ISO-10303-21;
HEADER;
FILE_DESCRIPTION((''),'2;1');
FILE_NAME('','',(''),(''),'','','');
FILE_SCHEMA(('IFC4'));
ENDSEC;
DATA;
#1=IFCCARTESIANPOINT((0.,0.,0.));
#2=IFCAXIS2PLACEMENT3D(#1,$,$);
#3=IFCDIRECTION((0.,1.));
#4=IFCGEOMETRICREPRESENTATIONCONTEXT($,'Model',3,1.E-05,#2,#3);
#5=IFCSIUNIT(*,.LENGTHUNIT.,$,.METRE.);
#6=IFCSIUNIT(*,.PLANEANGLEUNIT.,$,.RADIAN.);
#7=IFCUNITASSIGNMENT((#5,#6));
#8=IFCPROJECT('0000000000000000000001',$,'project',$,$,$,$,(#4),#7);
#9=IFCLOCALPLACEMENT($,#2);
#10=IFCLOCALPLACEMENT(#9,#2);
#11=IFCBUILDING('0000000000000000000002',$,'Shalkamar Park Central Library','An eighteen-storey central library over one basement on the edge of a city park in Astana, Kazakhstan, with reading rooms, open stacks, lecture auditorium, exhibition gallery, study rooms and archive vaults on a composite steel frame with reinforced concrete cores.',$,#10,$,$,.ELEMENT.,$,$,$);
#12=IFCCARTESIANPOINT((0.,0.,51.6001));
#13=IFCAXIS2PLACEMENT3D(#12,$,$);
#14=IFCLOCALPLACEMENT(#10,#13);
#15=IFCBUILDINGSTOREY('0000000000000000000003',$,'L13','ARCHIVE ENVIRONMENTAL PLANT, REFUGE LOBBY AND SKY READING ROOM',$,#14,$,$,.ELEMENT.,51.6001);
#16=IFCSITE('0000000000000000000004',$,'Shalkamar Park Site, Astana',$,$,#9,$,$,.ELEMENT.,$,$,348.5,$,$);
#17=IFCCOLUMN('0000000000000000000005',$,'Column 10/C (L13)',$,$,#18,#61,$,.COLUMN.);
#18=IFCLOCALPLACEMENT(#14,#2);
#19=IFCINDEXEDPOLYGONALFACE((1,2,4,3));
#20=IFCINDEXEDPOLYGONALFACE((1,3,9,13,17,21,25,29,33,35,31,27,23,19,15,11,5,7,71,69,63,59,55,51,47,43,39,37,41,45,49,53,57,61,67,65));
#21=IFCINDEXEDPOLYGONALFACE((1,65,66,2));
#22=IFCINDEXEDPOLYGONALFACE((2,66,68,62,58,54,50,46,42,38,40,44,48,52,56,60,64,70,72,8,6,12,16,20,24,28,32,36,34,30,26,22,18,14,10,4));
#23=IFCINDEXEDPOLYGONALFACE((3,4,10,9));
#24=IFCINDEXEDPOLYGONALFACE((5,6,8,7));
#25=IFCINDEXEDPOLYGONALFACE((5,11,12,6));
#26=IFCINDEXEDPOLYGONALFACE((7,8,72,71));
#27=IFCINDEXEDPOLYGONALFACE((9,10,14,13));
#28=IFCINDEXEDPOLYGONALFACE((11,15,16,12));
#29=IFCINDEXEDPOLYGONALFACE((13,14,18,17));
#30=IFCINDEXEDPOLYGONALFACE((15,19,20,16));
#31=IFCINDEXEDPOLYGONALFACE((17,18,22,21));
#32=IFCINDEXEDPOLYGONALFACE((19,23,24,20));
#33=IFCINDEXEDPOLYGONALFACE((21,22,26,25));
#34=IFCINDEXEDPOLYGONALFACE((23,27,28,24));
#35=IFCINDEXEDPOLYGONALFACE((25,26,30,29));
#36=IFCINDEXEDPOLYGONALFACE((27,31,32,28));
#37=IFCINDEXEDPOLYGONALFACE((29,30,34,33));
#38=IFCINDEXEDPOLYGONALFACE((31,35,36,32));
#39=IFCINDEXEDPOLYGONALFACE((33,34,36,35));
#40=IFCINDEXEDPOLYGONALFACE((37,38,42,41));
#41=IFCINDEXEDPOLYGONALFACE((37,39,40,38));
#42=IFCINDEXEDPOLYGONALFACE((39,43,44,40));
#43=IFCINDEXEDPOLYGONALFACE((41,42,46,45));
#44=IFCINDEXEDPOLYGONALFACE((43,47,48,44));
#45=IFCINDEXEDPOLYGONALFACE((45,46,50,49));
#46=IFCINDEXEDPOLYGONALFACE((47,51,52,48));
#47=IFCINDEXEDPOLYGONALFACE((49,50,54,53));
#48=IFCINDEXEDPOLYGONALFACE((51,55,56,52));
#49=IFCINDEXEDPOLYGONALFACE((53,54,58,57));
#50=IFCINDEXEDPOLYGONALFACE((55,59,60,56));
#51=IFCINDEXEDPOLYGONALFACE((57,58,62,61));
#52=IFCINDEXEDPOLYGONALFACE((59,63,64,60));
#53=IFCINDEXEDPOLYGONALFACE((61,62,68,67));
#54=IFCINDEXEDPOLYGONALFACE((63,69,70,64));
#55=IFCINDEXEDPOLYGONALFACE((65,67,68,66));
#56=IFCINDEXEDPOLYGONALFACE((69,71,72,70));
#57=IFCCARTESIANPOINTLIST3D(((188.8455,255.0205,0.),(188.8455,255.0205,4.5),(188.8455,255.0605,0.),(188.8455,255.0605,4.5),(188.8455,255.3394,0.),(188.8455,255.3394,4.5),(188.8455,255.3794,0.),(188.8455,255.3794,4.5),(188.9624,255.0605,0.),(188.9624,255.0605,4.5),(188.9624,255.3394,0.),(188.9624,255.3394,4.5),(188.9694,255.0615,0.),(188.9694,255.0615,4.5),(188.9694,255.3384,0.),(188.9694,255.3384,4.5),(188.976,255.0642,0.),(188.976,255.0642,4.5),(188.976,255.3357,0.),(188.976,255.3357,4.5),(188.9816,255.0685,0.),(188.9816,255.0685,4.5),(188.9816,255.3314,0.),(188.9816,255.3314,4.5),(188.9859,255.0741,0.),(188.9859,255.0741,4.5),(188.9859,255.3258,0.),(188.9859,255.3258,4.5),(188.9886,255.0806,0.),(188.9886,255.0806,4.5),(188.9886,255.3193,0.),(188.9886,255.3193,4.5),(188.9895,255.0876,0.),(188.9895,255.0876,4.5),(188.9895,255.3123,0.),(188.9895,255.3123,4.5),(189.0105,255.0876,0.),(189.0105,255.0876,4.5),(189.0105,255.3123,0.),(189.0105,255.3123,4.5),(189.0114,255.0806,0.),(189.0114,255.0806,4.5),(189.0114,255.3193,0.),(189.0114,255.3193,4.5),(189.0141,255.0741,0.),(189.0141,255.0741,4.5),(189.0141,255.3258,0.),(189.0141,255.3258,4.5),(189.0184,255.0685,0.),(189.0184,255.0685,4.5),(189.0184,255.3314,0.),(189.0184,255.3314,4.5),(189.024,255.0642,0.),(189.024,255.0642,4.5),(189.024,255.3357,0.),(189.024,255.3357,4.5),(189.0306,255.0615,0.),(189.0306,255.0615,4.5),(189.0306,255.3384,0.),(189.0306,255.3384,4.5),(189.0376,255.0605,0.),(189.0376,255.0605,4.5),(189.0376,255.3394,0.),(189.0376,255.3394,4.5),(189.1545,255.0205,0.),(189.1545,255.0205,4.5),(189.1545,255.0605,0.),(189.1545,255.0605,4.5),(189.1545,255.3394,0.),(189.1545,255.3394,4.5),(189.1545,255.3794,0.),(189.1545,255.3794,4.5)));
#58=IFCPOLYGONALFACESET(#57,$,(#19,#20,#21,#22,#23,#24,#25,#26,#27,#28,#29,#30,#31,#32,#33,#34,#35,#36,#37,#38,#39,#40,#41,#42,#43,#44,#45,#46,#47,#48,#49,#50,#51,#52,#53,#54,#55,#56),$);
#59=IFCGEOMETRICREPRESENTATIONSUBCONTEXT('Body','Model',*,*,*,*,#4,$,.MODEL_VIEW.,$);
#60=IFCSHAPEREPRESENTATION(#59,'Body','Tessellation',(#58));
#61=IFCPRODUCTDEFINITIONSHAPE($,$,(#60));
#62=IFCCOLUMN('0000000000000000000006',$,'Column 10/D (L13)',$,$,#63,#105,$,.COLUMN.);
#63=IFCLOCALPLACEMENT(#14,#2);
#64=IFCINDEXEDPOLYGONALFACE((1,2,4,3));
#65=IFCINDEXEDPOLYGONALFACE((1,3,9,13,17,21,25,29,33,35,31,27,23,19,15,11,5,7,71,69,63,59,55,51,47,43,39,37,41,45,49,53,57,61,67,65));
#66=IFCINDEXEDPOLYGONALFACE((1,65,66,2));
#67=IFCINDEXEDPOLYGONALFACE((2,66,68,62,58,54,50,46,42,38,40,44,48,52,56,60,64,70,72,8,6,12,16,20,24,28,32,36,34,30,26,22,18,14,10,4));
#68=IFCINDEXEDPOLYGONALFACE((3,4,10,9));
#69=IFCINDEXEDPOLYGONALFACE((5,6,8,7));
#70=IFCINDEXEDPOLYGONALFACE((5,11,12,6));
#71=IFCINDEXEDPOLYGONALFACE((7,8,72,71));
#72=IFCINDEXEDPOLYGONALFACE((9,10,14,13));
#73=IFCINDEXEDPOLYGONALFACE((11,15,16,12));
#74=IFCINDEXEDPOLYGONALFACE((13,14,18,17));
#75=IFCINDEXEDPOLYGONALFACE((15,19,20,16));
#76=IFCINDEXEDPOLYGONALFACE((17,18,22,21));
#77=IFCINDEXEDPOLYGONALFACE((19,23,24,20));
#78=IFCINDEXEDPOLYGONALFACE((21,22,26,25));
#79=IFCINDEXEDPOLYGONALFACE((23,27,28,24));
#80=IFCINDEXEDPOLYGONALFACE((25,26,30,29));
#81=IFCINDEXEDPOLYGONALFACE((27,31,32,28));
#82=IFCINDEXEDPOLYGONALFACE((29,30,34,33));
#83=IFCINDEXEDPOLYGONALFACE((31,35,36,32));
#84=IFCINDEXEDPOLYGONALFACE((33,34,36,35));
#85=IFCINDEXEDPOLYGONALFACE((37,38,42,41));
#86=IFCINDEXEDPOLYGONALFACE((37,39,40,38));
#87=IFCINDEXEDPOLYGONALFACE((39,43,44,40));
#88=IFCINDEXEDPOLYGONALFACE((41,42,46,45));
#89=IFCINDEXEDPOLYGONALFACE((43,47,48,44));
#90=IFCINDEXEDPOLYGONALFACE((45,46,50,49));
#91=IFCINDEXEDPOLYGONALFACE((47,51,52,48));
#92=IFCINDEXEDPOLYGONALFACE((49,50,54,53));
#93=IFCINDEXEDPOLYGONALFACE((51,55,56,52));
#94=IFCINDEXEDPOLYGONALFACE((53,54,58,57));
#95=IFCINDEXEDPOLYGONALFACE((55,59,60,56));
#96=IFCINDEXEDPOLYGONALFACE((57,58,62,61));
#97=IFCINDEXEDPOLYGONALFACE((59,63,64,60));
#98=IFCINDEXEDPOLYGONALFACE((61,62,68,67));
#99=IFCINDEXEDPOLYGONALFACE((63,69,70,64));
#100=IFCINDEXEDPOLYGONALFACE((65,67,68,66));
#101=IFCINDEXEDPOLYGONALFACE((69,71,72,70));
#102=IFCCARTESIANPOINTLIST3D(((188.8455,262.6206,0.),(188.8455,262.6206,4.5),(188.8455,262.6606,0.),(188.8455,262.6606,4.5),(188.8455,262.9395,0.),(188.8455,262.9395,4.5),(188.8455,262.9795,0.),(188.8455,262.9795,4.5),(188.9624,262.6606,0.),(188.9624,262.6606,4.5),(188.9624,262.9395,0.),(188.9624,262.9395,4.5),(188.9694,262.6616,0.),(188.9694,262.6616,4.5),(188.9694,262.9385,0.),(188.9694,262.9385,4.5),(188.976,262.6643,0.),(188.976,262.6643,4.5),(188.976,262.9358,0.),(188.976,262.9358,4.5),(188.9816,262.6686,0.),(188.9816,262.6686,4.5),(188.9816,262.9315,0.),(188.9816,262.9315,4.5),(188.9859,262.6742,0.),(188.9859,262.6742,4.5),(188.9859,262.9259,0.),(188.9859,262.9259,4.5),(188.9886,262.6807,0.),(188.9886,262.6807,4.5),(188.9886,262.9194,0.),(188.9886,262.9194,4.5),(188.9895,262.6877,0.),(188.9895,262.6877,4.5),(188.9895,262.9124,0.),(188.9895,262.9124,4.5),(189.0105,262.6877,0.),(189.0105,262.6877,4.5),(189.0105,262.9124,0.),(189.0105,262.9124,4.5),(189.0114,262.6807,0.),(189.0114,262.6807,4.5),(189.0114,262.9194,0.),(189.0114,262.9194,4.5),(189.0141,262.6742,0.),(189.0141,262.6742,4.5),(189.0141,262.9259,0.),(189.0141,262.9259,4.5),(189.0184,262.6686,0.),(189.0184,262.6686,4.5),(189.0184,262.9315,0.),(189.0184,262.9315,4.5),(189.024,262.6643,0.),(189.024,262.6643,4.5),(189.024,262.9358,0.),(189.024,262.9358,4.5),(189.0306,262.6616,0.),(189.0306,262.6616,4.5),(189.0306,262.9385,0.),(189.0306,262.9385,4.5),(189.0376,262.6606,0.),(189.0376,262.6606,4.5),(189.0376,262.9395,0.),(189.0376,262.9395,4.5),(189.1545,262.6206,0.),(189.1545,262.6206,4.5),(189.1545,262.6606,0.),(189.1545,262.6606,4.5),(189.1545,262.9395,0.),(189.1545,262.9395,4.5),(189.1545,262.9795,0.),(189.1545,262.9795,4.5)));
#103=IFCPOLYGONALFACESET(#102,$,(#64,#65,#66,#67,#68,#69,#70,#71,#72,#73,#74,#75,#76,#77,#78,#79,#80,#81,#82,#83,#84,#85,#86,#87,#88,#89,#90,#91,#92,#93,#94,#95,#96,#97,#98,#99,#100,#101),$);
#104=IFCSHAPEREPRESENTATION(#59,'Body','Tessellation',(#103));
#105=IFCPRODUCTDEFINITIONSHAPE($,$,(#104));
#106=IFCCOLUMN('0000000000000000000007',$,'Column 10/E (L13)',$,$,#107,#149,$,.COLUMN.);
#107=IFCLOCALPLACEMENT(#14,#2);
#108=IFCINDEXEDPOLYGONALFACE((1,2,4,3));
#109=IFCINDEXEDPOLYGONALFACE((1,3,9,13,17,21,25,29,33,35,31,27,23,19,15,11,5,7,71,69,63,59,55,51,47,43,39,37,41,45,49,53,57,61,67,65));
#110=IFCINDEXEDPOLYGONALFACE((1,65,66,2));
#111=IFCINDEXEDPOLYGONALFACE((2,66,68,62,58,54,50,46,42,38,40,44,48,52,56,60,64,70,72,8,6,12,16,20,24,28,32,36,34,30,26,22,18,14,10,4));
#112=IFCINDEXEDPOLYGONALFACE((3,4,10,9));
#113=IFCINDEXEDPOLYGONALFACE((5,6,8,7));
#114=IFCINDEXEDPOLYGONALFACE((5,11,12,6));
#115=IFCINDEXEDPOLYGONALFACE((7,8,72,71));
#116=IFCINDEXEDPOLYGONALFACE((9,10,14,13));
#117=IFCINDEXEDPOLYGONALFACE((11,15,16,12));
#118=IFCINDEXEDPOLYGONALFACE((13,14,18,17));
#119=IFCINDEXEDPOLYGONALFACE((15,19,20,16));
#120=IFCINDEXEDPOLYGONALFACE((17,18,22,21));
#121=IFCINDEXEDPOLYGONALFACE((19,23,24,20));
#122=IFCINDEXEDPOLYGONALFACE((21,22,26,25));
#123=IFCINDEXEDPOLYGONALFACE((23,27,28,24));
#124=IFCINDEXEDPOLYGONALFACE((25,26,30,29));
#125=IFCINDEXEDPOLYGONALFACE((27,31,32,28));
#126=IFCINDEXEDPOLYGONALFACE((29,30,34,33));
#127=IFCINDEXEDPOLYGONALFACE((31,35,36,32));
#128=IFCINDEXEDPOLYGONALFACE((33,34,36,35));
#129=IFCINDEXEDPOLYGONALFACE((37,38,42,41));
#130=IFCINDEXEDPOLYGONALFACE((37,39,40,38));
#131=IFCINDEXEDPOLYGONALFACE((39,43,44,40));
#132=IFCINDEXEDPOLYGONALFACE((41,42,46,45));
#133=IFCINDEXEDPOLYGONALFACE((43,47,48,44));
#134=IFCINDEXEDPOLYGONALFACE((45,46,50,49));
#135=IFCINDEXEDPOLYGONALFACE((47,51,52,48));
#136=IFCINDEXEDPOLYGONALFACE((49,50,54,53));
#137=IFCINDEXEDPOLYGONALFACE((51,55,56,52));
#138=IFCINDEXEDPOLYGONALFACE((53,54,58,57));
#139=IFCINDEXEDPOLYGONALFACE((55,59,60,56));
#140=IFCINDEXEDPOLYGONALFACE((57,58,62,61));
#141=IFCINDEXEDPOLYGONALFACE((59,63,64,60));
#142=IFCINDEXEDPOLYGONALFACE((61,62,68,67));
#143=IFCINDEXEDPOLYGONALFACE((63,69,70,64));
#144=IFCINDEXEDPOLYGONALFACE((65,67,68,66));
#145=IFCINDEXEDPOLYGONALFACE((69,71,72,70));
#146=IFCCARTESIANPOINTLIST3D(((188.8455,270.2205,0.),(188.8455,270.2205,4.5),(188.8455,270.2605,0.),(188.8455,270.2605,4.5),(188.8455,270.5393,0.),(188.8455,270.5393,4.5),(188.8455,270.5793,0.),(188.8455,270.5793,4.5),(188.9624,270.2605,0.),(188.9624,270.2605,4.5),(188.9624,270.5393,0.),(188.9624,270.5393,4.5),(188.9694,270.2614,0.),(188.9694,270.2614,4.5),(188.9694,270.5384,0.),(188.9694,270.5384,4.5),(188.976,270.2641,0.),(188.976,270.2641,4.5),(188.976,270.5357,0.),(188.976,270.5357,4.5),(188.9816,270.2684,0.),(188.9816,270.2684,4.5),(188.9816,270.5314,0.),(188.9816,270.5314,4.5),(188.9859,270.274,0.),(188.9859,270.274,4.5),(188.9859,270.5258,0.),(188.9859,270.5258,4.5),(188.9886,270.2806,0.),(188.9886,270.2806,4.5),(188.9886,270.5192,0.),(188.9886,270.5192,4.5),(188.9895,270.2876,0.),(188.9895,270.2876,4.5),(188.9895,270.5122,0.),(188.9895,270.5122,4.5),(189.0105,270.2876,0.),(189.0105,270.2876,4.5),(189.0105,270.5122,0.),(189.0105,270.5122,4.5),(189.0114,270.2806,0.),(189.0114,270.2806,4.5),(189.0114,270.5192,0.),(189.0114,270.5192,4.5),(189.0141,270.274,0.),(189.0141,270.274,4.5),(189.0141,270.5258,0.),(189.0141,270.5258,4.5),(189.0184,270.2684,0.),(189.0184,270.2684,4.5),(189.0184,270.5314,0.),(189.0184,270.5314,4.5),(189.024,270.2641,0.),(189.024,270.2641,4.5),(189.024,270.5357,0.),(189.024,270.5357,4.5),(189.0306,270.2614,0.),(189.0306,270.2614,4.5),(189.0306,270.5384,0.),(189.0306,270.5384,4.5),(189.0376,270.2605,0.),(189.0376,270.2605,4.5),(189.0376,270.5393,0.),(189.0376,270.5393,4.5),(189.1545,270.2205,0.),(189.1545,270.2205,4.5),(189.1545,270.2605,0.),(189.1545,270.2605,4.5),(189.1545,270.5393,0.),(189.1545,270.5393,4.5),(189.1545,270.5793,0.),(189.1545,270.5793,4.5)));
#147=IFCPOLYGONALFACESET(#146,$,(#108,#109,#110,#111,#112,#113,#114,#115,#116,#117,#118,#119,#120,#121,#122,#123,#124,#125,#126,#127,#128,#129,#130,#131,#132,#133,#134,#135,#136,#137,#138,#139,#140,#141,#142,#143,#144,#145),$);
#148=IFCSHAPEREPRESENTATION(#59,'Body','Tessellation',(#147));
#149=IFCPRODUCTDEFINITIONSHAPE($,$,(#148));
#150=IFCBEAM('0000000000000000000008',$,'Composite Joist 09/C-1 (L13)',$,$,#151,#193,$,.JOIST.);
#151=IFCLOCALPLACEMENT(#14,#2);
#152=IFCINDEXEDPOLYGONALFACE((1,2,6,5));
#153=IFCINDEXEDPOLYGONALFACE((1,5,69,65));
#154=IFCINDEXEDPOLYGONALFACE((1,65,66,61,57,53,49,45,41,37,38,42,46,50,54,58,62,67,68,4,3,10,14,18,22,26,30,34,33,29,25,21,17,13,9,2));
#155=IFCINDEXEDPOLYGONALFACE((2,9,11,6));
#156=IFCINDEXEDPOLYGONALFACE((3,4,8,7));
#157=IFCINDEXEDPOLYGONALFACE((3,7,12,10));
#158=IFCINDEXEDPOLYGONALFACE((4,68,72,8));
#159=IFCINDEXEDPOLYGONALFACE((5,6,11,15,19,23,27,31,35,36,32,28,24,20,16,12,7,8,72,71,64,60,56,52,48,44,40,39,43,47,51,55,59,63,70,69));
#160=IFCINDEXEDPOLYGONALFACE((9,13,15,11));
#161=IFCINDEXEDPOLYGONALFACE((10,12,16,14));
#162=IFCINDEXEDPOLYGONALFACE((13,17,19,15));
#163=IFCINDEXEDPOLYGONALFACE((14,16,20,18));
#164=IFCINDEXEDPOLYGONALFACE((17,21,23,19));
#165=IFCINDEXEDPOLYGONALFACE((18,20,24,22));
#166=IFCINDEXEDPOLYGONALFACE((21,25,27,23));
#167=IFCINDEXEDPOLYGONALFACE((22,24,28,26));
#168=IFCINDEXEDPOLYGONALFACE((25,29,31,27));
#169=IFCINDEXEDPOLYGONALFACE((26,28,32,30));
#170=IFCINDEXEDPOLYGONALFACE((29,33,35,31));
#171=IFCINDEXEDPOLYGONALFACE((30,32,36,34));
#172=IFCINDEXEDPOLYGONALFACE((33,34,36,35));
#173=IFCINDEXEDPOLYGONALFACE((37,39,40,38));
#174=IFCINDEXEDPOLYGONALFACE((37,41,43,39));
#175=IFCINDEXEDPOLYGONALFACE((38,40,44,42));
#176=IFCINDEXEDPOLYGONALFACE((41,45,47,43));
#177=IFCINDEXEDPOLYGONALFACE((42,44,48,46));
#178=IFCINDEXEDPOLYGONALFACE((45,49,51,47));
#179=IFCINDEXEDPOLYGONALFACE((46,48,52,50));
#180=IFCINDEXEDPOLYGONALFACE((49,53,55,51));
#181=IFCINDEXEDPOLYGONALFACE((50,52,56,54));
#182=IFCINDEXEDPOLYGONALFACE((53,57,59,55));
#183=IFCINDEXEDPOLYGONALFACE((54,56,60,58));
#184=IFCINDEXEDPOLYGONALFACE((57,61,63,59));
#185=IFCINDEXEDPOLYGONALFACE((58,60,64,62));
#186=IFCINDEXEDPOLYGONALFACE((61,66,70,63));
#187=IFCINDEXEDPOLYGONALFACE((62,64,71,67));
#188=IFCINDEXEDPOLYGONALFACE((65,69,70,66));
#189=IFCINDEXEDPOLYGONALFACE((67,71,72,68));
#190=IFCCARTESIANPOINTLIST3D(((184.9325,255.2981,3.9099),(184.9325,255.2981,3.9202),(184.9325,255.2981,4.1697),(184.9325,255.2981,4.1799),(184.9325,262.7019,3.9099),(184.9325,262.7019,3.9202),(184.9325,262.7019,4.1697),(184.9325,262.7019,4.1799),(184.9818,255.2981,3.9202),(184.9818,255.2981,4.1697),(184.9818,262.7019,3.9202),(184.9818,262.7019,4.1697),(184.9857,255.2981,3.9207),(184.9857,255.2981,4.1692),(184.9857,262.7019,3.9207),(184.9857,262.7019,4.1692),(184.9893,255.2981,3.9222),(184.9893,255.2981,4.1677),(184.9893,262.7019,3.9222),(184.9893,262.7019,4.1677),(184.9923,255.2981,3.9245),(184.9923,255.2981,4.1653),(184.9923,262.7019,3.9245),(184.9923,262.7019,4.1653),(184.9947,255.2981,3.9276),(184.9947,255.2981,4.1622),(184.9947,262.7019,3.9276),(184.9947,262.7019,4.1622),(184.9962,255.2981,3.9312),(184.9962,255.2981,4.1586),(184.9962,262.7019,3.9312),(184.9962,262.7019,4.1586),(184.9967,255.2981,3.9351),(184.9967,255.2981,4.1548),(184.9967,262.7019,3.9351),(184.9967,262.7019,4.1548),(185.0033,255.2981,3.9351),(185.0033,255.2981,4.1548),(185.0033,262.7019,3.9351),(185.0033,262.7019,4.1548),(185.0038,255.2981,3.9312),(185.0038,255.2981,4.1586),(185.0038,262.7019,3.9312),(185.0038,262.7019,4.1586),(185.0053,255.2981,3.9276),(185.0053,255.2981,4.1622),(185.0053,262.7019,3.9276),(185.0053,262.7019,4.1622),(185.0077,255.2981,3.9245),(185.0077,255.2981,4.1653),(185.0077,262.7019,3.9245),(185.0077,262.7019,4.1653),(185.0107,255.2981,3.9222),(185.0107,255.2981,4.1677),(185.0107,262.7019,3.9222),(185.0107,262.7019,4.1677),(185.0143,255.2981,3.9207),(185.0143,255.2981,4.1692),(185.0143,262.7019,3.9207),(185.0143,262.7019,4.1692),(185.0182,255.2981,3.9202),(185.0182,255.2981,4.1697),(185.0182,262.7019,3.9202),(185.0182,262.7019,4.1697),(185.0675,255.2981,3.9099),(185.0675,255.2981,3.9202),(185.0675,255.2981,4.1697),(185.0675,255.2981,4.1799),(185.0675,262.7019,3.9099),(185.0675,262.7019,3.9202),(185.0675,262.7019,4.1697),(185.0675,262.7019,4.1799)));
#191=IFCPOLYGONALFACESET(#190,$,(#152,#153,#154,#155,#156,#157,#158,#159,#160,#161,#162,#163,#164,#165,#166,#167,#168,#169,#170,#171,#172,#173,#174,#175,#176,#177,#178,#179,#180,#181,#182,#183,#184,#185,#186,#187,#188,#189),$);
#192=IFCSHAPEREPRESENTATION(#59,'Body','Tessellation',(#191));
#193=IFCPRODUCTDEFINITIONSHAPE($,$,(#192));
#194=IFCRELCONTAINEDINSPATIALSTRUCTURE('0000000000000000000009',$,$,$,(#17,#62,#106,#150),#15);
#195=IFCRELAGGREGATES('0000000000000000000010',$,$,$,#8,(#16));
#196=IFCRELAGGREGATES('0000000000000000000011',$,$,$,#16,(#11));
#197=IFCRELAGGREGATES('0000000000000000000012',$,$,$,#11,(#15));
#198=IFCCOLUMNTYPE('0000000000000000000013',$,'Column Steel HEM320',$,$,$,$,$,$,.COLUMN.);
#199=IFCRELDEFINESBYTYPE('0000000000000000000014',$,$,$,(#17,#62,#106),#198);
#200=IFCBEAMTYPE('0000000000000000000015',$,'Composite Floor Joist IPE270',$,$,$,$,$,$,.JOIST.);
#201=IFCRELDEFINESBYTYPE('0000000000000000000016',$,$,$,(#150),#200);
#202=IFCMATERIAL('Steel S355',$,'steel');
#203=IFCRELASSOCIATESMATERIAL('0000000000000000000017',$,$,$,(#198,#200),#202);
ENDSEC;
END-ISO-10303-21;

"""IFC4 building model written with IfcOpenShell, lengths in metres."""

from ifc_helpers import new_model, si_unit, direction, frame, origin, origin_2d, place, context, subcontext, project, spatial, i_section, extrude, material, material_profile, profile_set, type_object, element, save


model = new_model("IFC4")

# Units and contexts
model_context = context("Model", 3, precision=1e-05, world=origin(), true_north=direction((0.0, 1.0)))
body_context = subcontext(model_context, "Body", "Model", "MODEL_VIEW")
ifc_project = project(units=[si_unit("LENGTHUNIT", "METRE"), si_unit("PLANEANGLEUNIT", "RADIAN")], contexts=[model_context])

# Site, building, storey
site_placement = place(None, origin())
site = spatial("IfcSite", under=ifc_project, at=site_placement, Name="Shalkamar Park Site, Astana", CompositionType="ELEMENT", RefElevation=348.5)
building_placement = place(site_placement, origin())
building = spatial("IfcBuilding", under=site, at=building_placement, Name="Shalkamar Park Central Library", Description="An eighteen-storey central library over one basement on the edge of a city park in Astana, Kazakhstan, with reading rooms, open stacks, lecture auditorium, exhibition gallery, study rooms and archive vaults on a composite steel frame with reinforced concrete cores.", CompositionType="ELEMENT")
storey_placement = place(building_placement, frame((0.0, 0.0, 51.6001)))
storey = spatial("IfcBuildingStorey", under=building, at=storey_placement, Name="L13", Description="ARCHIVE ENVIRONMENTAL PLANT, REFUGE LOBBY AND SKY READING ROOM", CompositionType="ELEMENT", Elevation=51.6001)

# Columns
ifc_material_1 = material(Name="Steel S355", Category="steel")
ifc_material_profile_1 = material_profile(ifc_material_1, i_section(OverallWidth=0.3091, OverallDepth=0.3589, WebThickness=0.021, FlangeThickness=0.04, FilletRadius=0.0271, at=origin_2d()), Name="HEM 320")
ifc_profile_set_1 = profile_set([ifc_material_profile_1], Name="Steel S355")
column_type = type_object("IfcColumnType", Name="Column Steel HEM320", PredefinedType="COLUMN", material=ifc_profile_set_1)
for number, where, z_axis, x_axis, name in (
    (1, (189.0, 255.2, 0.0), (0.0, 0.0, 1.0), (1.0, 0.0, 0.0), "Column 10/C (L13)"),
    (2, (189.0, 262.8, 0.0), (0.0, 0.0, 1.0), (1.0, 0.0, 0.0), "Column 10/D (L13)"),
    (3, (189.0, 270.3999, 0.0), (0.0, 0.0, 1.0), (1.0, 0.0, 0.0), "Column 10/E (L13)"),
):
    element("IfcColumn", number, at=place(storey_placement, frame(where, z_axis=z_axis, x_axis=x_axis)), inside=storey, type_object=column_type, Name=name, PredefinedType="COLUMN", context=body_context, shape_type="SweptSolid", body=[
        extrude(i_section(OverallWidth=0.3091, OverallDepth=0.3589, WebThickness=0.021, FlangeThickness=0.04, FilletRadius=0.0271, at=origin_2d()), origin(), (0.0, 0.0, 1.0), 4.5),
    ])

# Beam
ifc_material_profile_2 = material_profile(ifc_material_1, i_section(OverallWidth=0.135, OverallDepth=0.27, WebThickness=0.0066, FlangeThickness=0.0103, FilletRadius=0.0149, at=origin_2d()), Name="IPE 270")
ifc_profile_set_2 = profile_set([ifc_material_profile_2], Name="Steel S355")
beam_type_1 = type_object("IfcBeamType", Name="Composite Floor Joist IPE270", PredefinedType="JOIST", material=ifc_profile_set_2)
beam_1_placement = place(storey_placement, frame((185.0, 255.2981, 4.0449), z_axis=(0.0, 1.0, 0.0), x_axis=(-1.0, 0.0, 0.0)))
element("IfcBeam", 4, at=beam_1_placement, inside=storey, type_object=beam_type_1, Name="Composite Joist 09/C-1 (L13)", PredefinedType="JOIST", context=body_context, shape_type="SweptSolid", body=[
    extrude(i_section(OverallWidth=0.135, OverallDepth=0.27, WebThickness=0.0066, FlangeThickness=0.0103, FilletRadius=0.0149, at=origin_2d()), origin(), (0.0, 0.0, 1.0), 7.4038),
])

save(model, "model.ifc")
